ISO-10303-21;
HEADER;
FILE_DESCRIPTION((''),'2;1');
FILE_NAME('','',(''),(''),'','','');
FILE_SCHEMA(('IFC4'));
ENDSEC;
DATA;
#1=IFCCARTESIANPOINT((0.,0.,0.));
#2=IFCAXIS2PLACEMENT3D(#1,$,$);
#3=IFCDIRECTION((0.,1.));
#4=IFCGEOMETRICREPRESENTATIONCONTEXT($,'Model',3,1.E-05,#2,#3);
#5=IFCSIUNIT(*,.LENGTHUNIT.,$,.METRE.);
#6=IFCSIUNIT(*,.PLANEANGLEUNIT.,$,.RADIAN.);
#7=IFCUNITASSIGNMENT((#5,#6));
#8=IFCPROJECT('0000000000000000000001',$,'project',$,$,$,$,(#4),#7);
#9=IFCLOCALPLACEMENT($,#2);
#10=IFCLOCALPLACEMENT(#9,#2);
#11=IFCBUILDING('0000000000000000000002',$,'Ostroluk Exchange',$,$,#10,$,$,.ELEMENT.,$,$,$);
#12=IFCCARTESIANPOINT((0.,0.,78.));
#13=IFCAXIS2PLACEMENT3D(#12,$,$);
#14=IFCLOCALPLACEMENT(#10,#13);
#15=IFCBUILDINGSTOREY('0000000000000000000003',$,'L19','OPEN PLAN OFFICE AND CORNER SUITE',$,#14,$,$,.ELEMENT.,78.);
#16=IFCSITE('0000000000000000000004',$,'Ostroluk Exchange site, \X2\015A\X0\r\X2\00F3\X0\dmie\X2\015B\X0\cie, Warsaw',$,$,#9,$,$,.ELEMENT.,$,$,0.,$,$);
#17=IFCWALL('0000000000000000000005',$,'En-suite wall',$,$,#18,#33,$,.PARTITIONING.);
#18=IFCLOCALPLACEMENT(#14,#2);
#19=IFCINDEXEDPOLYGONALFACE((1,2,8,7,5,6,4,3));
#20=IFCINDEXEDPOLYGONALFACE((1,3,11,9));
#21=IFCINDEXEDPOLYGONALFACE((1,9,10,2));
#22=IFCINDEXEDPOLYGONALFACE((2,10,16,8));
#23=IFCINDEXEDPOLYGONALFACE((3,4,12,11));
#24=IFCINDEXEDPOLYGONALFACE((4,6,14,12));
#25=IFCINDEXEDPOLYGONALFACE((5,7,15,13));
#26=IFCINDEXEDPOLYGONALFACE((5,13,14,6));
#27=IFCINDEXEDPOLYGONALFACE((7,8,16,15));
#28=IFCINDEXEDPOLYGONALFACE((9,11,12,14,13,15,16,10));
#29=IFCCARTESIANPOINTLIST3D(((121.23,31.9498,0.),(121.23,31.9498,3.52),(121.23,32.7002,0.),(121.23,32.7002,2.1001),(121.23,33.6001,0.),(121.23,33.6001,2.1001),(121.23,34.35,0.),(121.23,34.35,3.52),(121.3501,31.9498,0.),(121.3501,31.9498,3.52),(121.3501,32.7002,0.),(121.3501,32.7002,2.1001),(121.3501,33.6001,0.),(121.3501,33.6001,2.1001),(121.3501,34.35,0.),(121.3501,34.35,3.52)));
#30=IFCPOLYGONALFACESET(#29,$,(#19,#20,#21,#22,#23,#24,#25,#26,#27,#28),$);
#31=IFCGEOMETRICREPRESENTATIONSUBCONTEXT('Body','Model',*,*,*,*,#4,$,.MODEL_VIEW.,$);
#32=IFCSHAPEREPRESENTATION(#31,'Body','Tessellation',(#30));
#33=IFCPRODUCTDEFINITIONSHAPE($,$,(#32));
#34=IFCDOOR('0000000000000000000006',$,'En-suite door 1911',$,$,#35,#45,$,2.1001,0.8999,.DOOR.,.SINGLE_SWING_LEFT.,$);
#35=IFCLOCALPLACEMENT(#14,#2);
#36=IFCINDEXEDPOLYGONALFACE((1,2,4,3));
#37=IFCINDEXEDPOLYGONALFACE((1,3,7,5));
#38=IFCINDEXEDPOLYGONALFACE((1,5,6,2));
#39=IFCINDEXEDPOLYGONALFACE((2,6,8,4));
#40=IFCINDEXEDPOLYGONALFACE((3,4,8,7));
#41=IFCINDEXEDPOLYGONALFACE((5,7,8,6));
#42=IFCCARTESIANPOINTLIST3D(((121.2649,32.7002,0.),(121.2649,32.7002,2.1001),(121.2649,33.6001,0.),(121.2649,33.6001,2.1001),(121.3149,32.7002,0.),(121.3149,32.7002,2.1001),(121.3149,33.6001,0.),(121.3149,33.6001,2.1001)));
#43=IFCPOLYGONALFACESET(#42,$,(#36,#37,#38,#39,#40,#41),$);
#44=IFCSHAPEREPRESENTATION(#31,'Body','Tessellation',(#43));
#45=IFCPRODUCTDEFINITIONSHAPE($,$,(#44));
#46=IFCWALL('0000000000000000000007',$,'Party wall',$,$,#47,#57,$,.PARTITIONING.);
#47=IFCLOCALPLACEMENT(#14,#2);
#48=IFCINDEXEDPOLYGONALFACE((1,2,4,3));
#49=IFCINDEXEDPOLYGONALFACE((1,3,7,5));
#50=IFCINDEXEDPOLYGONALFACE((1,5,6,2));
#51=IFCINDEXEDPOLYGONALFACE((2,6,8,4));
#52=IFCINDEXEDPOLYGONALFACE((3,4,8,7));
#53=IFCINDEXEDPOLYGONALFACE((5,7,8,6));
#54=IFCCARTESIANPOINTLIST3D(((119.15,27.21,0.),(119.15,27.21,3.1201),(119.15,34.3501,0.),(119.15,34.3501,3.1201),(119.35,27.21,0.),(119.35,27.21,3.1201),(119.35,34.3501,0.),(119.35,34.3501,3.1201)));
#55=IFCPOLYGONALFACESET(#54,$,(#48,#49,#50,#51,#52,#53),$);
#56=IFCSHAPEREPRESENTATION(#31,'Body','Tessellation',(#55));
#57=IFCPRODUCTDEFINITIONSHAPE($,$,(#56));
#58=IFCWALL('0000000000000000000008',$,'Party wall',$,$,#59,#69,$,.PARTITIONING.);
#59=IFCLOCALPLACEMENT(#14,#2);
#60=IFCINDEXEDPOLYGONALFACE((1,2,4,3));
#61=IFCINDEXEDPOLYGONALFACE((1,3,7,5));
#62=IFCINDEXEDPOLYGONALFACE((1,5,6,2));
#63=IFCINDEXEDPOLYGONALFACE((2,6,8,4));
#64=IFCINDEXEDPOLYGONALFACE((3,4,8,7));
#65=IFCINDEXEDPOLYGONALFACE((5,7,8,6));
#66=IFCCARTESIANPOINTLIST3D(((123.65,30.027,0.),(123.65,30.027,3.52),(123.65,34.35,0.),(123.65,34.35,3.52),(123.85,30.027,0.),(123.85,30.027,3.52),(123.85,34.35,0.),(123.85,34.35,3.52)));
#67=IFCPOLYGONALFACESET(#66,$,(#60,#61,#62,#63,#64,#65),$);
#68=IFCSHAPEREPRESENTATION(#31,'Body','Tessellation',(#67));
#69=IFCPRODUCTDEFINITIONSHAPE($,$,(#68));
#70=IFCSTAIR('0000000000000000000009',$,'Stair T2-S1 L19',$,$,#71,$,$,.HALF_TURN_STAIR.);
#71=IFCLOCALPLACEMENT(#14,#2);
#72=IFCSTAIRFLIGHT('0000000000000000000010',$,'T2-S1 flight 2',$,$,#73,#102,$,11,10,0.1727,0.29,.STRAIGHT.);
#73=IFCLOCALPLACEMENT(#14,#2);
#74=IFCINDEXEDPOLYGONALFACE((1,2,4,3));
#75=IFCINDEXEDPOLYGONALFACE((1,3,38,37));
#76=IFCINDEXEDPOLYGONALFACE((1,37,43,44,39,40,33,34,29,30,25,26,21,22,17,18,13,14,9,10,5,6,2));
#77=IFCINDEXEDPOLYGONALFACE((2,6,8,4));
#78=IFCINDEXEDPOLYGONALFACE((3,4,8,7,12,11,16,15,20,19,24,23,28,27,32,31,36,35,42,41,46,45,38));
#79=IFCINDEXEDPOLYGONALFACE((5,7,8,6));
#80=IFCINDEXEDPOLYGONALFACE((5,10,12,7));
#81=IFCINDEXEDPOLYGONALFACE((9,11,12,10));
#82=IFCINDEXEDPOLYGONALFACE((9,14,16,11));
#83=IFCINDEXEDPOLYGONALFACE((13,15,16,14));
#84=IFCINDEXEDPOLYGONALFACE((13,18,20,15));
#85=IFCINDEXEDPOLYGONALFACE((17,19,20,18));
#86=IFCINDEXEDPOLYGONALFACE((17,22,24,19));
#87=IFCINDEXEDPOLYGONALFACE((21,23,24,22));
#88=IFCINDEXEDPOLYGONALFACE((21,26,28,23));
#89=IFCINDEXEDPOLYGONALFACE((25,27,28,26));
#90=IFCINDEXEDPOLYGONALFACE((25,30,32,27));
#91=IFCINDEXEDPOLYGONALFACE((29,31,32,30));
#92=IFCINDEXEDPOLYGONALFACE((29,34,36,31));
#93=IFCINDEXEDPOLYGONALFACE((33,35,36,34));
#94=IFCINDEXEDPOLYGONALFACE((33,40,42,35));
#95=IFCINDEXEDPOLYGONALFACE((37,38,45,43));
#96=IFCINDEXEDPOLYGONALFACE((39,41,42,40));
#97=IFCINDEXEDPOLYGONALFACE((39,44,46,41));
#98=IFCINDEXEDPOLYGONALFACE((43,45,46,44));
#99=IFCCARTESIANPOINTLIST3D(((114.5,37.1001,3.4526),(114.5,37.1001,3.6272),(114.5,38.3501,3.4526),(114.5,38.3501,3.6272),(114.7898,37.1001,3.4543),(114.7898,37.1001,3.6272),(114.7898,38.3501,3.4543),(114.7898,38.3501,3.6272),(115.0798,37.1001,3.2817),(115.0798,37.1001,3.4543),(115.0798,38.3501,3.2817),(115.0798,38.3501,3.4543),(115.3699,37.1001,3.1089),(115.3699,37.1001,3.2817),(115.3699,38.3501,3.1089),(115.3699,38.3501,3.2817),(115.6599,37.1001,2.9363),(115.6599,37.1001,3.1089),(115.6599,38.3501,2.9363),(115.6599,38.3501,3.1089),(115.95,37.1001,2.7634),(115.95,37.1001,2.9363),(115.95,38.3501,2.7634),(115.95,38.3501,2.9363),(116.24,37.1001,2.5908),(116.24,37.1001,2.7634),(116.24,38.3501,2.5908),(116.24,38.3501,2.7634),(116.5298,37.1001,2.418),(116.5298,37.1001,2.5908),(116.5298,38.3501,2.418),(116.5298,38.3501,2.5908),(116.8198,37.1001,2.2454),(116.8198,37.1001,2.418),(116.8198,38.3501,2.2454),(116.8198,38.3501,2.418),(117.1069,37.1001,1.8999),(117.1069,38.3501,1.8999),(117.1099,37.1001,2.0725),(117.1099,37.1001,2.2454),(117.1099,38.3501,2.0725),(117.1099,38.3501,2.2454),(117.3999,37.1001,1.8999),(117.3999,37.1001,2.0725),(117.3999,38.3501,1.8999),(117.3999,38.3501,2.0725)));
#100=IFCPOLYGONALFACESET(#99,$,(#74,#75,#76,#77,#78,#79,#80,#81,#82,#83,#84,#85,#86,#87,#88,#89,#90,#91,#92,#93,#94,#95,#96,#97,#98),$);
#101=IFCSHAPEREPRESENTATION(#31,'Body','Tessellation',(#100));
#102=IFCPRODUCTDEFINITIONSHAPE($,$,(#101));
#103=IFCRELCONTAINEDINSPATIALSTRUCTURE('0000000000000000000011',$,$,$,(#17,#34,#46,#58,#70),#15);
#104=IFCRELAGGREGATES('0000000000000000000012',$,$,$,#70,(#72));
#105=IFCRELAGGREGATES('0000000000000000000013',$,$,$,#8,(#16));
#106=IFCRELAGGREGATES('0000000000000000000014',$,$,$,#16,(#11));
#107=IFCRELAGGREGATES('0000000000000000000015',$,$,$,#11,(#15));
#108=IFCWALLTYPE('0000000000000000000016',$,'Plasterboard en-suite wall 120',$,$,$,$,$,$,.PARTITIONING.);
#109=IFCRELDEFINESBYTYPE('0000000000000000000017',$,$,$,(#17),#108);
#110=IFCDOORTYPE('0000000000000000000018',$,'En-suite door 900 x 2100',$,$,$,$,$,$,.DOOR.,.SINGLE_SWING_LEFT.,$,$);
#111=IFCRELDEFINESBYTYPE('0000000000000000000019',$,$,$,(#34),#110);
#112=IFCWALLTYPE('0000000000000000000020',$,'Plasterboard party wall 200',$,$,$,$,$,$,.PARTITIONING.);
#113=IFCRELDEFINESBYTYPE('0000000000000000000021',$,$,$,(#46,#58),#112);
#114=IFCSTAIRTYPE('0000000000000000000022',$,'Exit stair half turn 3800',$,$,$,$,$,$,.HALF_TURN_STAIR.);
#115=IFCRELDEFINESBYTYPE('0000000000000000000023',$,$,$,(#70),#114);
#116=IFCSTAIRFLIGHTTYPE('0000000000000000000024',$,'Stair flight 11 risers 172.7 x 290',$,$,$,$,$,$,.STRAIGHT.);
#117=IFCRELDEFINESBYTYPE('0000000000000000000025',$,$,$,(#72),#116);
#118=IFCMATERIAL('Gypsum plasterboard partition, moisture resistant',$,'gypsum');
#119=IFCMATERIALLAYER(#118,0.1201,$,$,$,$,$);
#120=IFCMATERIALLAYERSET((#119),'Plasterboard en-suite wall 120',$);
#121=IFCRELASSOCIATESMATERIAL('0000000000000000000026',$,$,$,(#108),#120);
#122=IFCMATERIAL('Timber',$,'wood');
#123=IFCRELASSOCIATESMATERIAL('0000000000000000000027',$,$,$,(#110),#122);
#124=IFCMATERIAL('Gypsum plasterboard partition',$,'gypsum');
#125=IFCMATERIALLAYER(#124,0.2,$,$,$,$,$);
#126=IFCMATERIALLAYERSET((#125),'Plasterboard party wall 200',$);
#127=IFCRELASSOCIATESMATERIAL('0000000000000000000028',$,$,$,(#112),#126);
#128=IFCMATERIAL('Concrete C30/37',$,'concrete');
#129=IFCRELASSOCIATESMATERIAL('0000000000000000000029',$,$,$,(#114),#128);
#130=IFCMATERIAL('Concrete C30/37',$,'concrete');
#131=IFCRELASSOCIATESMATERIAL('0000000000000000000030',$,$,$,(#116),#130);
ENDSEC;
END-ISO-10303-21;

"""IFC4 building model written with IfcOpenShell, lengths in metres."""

from ifc_helpers import new_model, si_unit, direction, frame, frame_2d, origin, place, context, subcontext, project, spatial, polyline, rectangle, outline, extrude, material, layer, layer_set, type_object, element, fill, aggregate, save


model = new_model("IFC4")

# Units and contexts
model_context = context("Model", 3, precision=1e-05, world=origin(), true_north=direction((0.0, 1.0)))
body_context = subcontext(model_context, "Body", "Model", "MODEL_VIEW")
ifc_project = project(units=[si_unit("LENGTHUNIT", "METRE"), si_unit("PLANEANGLEUNIT", "RADIAN")], contexts=[model_context])

# Site, building, storey
site_placement = place(None, origin())
site = spatial("IfcSite", under=ifc_project, at=site_placement, Name="Ostroluk Exchange site, Śródmieście, Warsaw", CompositionType="ELEMENT", RefElevation=0.0)
building_placement = place(site_placement, origin())
building = spatial("IfcBuilding", under=site, at=building_placement, Name="Ostroluk Exchange", CompositionType="ELEMENT")
storey_placement = place(building_placement, frame((0.0, 0.0, 78.0)))
storey = spatial("IfcBuildingStorey", under=building, at=storey_placement, Name="L19", Description="OPEN PLAN OFFICE AND CORNER SUITE", CompositionType="ELEMENT", Elevation=78.0)

# Shared definitions
ifc_material_1 = material(Name="Gypsum plasterboard partition, moisture resistant", Category="gypsum")
ifc_layer_1 = layer(ifc_material_1, 0.1201)
ifc_layer_set_1 = layer_set([ifc_layer_1], Name="Plasterboard en-suite wall 120")
wall_type_1 = type_object("IfcWallType", Name="Plasterboard en-suite wall 120", PredefinedType="PARTITIONING", material=ifc_layer_set_1)

# Wall, opening, door
wall_1_placement = place(storey_placement, frame((121.29, 34.3501, 0.0), z_axis=(0.0, 0.0, 1.0), x_axis=(0.0, -1.0, 0.0)))
wall_1 = element("IfcWall", 1, at=wall_1_placement, inside=storey, type_object=wall_type_1, Name="En-suite wall", PredefinedType="PARTITIONING", context=body_context, shape_type="SweptSolid", body=[
    extrude(rectangle(XDim=2.4001, YDim=0.1201, at=frame_2d((1.2002, 0.0))), origin(), (0.0, 0.0, 1.0), 3.52),
])
opening_1_placement = place(wall_1_placement, frame((0.75, 0.0, 0.0)))
opening_1 = element("IfcOpeningElement", 2, at=opening_1_placement, cuts=wall_1, PredefinedType="OPENING", context=body_context, shape_type="SweptSolid", body=[
    extrude(rectangle(XDim=0.8999, YDim=2.1001, at=frame_2d((0.45, 1.05))), frame((0.0, 0.0701, 0.0), z_axis=(0.0, -1.0, 0.0), x_axis=(1.0, 0.0, 0.0)), (0.0, 0.0, 1.0), 0.1401),
])
ifc_material_2 = material(Name="Timber", Category="wood")
door_type_1 = type_object("IfcDoorType", Name="En-suite door 900 x 2100", OperationType="SINGLE_SWING_LEFT", PredefinedType="DOOR", material=ifc_material_2)
door_1_placement = place(opening_1_placement, origin())
door_1 = element("IfcDoor", 3, at=door_1_placement, inside=storey, type_object=door_type_1, Name="En-suite door 1911", OperationType="SINGLE_SWING_LEFT", OverallHeight=2.1001, OverallWidth=0.8999, PredefinedType="DOOR", context=body_context, shape_type="SweptSolid", body=[
    extrude(rectangle(XDim=0.8999, YDim=2.1001, at=frame_2d((0.45, 1.05))), frame((0.0, 0.0249, 0.0), z_axis=(0.0, -1.0, 0.0), x_axis=(1.0, 0.0, 0.0)), (0.0, 0.0, 1.0), 0.05),
])
fill(opening_1, door_1)

# Walls
ifc_material_3 = material(Name="Gypsum plasterboard partition", Category="gypsum")
ifc_layer_2 = layer(ifc_material_3, 0.2)
ifc_layer_set_2 = layer_set([ifc_layer_2], Name="Plasterboard party wall 200")
wall_type_2 = type_object("IfcWallType", Name="Plasterboard party wall 200", PredefinedType="PARTITIONING", material=ifc_layer_set_2)
wall_2_placement = place(storey_placement, frame((119.25, 34.3501, 0.0), z_axis=(0.0, 0.0, 1.0), x_axis=(0.0, -1.0, 0.0)))
element("IfcWall", 4, at=wall_2_placement, inside=storey, type_object=wall_type_2, Name="Party wall", PredefinedType="PARTITIONING", context=body_context, shape_type="SweptSolid", body=[
    extrude(rectangle(XDim=7.1401, YDim=0.2, at=frame_2d((3.5701, 0.0))), origin(), (0.0, 0.0, 1.0), 3.1201),
])
wall_3_placement = place(storey_placement, frame((123.75, 34.3501, 0.0), z_axis=(0.0, 0.0, 1.0), x_axis=(0.0, -1.0, 0.0)))
element("IfcWall", 5, at=wall_3_placement, inside=storey, type_object=wall_type_2, Name="Party wall", PredefinedType="PARTITIONING", context=body_context, shape_type="SweptSolid", body=[
    extrude(rectangle(XDim=4.323, YDim=0.2, at=frame_2d((2.1616, 0.0))), origin(), (0.0, 0.0, 1.0), 3.52),
])

# Stair, stair flight
ifc_material_4 = material(Name="Concrete C30/37", Category="concrete")
stair_type = type_object("IfcStairType", Name="Exit stair half turn 3800", PredefinedType="HALF_TURN_STAIR", material=ifc_material_4)
stair_placement = place(storey_placement, origin())
stair = element("IfcStair", 6, at=stair_placement, inside=storey, type_object=stair_type, Name="Stair T2-S1 L19", PredefinedType="HALF_TURN_STAIR")
ifc_material_5 = material(Name="Concrete C30/37", Category="concrete")
stair_flight_type = type_object("IfcStairFlightType", Name="Stair flight 11 risers 172.7 x 290", PredefinedType="STRAIGHT", material=ifc_material_5)
stair_flight_placement = place(storey_placement, frame((117.3999, 37.7251, 1.8999), z_axis=(0.0, 0.0, 1.0), x_axis=(-1.0, 0.0, 0.0)))
stair_flight = element("IfcStairFlight", 7, at=stair_flight_placement, type_object=stair_flight_type, Name="T2-S1 flight 2", NumberOfRisers=11, NumberOfTreads=10, PredefinedType="STRAIGHT", RiserHeight=0.1727, TreadLength=0.29, context=body_context, shape_type="SweptSolid", body=[
    extrude(outline(polyline([(0.0, 0.0), (0.0, 0.1726), (0.29, 0.1726), (0.29, 0.3455), (0.5801, 0.3455), (0.5801, 0.5181), (0.8701, 0.5181), (0.8701, 0.6909), (1.1599, 0.6909), (1.1599, 0.8635), (1.45, 0.8635), (1.45, 1.0364), (1.74, 1.0364), (1.74, 1.209), (2.03, 1.209), (2.03, 1.3818), (2.3201, 1.3818), (2.3201, 1.5544), (2.6101, 1.5544), (2.6101, 1.7273), (2.8999, 1.7273), (2.8999, 1.8999), (2.8999, 1.5527), (0.293, 0.0), (0.0, 0.0)])), frame((0.0, 0.625, 0.0), z_axis=(0.0, -1.0, 0.0), x_axis=(1.0, 0.0, 0.0)), (0.0, 0.0, 1.0), 1.25),
])
aggregate(stair, [stair_flight])

save(model, "model.ifc")
